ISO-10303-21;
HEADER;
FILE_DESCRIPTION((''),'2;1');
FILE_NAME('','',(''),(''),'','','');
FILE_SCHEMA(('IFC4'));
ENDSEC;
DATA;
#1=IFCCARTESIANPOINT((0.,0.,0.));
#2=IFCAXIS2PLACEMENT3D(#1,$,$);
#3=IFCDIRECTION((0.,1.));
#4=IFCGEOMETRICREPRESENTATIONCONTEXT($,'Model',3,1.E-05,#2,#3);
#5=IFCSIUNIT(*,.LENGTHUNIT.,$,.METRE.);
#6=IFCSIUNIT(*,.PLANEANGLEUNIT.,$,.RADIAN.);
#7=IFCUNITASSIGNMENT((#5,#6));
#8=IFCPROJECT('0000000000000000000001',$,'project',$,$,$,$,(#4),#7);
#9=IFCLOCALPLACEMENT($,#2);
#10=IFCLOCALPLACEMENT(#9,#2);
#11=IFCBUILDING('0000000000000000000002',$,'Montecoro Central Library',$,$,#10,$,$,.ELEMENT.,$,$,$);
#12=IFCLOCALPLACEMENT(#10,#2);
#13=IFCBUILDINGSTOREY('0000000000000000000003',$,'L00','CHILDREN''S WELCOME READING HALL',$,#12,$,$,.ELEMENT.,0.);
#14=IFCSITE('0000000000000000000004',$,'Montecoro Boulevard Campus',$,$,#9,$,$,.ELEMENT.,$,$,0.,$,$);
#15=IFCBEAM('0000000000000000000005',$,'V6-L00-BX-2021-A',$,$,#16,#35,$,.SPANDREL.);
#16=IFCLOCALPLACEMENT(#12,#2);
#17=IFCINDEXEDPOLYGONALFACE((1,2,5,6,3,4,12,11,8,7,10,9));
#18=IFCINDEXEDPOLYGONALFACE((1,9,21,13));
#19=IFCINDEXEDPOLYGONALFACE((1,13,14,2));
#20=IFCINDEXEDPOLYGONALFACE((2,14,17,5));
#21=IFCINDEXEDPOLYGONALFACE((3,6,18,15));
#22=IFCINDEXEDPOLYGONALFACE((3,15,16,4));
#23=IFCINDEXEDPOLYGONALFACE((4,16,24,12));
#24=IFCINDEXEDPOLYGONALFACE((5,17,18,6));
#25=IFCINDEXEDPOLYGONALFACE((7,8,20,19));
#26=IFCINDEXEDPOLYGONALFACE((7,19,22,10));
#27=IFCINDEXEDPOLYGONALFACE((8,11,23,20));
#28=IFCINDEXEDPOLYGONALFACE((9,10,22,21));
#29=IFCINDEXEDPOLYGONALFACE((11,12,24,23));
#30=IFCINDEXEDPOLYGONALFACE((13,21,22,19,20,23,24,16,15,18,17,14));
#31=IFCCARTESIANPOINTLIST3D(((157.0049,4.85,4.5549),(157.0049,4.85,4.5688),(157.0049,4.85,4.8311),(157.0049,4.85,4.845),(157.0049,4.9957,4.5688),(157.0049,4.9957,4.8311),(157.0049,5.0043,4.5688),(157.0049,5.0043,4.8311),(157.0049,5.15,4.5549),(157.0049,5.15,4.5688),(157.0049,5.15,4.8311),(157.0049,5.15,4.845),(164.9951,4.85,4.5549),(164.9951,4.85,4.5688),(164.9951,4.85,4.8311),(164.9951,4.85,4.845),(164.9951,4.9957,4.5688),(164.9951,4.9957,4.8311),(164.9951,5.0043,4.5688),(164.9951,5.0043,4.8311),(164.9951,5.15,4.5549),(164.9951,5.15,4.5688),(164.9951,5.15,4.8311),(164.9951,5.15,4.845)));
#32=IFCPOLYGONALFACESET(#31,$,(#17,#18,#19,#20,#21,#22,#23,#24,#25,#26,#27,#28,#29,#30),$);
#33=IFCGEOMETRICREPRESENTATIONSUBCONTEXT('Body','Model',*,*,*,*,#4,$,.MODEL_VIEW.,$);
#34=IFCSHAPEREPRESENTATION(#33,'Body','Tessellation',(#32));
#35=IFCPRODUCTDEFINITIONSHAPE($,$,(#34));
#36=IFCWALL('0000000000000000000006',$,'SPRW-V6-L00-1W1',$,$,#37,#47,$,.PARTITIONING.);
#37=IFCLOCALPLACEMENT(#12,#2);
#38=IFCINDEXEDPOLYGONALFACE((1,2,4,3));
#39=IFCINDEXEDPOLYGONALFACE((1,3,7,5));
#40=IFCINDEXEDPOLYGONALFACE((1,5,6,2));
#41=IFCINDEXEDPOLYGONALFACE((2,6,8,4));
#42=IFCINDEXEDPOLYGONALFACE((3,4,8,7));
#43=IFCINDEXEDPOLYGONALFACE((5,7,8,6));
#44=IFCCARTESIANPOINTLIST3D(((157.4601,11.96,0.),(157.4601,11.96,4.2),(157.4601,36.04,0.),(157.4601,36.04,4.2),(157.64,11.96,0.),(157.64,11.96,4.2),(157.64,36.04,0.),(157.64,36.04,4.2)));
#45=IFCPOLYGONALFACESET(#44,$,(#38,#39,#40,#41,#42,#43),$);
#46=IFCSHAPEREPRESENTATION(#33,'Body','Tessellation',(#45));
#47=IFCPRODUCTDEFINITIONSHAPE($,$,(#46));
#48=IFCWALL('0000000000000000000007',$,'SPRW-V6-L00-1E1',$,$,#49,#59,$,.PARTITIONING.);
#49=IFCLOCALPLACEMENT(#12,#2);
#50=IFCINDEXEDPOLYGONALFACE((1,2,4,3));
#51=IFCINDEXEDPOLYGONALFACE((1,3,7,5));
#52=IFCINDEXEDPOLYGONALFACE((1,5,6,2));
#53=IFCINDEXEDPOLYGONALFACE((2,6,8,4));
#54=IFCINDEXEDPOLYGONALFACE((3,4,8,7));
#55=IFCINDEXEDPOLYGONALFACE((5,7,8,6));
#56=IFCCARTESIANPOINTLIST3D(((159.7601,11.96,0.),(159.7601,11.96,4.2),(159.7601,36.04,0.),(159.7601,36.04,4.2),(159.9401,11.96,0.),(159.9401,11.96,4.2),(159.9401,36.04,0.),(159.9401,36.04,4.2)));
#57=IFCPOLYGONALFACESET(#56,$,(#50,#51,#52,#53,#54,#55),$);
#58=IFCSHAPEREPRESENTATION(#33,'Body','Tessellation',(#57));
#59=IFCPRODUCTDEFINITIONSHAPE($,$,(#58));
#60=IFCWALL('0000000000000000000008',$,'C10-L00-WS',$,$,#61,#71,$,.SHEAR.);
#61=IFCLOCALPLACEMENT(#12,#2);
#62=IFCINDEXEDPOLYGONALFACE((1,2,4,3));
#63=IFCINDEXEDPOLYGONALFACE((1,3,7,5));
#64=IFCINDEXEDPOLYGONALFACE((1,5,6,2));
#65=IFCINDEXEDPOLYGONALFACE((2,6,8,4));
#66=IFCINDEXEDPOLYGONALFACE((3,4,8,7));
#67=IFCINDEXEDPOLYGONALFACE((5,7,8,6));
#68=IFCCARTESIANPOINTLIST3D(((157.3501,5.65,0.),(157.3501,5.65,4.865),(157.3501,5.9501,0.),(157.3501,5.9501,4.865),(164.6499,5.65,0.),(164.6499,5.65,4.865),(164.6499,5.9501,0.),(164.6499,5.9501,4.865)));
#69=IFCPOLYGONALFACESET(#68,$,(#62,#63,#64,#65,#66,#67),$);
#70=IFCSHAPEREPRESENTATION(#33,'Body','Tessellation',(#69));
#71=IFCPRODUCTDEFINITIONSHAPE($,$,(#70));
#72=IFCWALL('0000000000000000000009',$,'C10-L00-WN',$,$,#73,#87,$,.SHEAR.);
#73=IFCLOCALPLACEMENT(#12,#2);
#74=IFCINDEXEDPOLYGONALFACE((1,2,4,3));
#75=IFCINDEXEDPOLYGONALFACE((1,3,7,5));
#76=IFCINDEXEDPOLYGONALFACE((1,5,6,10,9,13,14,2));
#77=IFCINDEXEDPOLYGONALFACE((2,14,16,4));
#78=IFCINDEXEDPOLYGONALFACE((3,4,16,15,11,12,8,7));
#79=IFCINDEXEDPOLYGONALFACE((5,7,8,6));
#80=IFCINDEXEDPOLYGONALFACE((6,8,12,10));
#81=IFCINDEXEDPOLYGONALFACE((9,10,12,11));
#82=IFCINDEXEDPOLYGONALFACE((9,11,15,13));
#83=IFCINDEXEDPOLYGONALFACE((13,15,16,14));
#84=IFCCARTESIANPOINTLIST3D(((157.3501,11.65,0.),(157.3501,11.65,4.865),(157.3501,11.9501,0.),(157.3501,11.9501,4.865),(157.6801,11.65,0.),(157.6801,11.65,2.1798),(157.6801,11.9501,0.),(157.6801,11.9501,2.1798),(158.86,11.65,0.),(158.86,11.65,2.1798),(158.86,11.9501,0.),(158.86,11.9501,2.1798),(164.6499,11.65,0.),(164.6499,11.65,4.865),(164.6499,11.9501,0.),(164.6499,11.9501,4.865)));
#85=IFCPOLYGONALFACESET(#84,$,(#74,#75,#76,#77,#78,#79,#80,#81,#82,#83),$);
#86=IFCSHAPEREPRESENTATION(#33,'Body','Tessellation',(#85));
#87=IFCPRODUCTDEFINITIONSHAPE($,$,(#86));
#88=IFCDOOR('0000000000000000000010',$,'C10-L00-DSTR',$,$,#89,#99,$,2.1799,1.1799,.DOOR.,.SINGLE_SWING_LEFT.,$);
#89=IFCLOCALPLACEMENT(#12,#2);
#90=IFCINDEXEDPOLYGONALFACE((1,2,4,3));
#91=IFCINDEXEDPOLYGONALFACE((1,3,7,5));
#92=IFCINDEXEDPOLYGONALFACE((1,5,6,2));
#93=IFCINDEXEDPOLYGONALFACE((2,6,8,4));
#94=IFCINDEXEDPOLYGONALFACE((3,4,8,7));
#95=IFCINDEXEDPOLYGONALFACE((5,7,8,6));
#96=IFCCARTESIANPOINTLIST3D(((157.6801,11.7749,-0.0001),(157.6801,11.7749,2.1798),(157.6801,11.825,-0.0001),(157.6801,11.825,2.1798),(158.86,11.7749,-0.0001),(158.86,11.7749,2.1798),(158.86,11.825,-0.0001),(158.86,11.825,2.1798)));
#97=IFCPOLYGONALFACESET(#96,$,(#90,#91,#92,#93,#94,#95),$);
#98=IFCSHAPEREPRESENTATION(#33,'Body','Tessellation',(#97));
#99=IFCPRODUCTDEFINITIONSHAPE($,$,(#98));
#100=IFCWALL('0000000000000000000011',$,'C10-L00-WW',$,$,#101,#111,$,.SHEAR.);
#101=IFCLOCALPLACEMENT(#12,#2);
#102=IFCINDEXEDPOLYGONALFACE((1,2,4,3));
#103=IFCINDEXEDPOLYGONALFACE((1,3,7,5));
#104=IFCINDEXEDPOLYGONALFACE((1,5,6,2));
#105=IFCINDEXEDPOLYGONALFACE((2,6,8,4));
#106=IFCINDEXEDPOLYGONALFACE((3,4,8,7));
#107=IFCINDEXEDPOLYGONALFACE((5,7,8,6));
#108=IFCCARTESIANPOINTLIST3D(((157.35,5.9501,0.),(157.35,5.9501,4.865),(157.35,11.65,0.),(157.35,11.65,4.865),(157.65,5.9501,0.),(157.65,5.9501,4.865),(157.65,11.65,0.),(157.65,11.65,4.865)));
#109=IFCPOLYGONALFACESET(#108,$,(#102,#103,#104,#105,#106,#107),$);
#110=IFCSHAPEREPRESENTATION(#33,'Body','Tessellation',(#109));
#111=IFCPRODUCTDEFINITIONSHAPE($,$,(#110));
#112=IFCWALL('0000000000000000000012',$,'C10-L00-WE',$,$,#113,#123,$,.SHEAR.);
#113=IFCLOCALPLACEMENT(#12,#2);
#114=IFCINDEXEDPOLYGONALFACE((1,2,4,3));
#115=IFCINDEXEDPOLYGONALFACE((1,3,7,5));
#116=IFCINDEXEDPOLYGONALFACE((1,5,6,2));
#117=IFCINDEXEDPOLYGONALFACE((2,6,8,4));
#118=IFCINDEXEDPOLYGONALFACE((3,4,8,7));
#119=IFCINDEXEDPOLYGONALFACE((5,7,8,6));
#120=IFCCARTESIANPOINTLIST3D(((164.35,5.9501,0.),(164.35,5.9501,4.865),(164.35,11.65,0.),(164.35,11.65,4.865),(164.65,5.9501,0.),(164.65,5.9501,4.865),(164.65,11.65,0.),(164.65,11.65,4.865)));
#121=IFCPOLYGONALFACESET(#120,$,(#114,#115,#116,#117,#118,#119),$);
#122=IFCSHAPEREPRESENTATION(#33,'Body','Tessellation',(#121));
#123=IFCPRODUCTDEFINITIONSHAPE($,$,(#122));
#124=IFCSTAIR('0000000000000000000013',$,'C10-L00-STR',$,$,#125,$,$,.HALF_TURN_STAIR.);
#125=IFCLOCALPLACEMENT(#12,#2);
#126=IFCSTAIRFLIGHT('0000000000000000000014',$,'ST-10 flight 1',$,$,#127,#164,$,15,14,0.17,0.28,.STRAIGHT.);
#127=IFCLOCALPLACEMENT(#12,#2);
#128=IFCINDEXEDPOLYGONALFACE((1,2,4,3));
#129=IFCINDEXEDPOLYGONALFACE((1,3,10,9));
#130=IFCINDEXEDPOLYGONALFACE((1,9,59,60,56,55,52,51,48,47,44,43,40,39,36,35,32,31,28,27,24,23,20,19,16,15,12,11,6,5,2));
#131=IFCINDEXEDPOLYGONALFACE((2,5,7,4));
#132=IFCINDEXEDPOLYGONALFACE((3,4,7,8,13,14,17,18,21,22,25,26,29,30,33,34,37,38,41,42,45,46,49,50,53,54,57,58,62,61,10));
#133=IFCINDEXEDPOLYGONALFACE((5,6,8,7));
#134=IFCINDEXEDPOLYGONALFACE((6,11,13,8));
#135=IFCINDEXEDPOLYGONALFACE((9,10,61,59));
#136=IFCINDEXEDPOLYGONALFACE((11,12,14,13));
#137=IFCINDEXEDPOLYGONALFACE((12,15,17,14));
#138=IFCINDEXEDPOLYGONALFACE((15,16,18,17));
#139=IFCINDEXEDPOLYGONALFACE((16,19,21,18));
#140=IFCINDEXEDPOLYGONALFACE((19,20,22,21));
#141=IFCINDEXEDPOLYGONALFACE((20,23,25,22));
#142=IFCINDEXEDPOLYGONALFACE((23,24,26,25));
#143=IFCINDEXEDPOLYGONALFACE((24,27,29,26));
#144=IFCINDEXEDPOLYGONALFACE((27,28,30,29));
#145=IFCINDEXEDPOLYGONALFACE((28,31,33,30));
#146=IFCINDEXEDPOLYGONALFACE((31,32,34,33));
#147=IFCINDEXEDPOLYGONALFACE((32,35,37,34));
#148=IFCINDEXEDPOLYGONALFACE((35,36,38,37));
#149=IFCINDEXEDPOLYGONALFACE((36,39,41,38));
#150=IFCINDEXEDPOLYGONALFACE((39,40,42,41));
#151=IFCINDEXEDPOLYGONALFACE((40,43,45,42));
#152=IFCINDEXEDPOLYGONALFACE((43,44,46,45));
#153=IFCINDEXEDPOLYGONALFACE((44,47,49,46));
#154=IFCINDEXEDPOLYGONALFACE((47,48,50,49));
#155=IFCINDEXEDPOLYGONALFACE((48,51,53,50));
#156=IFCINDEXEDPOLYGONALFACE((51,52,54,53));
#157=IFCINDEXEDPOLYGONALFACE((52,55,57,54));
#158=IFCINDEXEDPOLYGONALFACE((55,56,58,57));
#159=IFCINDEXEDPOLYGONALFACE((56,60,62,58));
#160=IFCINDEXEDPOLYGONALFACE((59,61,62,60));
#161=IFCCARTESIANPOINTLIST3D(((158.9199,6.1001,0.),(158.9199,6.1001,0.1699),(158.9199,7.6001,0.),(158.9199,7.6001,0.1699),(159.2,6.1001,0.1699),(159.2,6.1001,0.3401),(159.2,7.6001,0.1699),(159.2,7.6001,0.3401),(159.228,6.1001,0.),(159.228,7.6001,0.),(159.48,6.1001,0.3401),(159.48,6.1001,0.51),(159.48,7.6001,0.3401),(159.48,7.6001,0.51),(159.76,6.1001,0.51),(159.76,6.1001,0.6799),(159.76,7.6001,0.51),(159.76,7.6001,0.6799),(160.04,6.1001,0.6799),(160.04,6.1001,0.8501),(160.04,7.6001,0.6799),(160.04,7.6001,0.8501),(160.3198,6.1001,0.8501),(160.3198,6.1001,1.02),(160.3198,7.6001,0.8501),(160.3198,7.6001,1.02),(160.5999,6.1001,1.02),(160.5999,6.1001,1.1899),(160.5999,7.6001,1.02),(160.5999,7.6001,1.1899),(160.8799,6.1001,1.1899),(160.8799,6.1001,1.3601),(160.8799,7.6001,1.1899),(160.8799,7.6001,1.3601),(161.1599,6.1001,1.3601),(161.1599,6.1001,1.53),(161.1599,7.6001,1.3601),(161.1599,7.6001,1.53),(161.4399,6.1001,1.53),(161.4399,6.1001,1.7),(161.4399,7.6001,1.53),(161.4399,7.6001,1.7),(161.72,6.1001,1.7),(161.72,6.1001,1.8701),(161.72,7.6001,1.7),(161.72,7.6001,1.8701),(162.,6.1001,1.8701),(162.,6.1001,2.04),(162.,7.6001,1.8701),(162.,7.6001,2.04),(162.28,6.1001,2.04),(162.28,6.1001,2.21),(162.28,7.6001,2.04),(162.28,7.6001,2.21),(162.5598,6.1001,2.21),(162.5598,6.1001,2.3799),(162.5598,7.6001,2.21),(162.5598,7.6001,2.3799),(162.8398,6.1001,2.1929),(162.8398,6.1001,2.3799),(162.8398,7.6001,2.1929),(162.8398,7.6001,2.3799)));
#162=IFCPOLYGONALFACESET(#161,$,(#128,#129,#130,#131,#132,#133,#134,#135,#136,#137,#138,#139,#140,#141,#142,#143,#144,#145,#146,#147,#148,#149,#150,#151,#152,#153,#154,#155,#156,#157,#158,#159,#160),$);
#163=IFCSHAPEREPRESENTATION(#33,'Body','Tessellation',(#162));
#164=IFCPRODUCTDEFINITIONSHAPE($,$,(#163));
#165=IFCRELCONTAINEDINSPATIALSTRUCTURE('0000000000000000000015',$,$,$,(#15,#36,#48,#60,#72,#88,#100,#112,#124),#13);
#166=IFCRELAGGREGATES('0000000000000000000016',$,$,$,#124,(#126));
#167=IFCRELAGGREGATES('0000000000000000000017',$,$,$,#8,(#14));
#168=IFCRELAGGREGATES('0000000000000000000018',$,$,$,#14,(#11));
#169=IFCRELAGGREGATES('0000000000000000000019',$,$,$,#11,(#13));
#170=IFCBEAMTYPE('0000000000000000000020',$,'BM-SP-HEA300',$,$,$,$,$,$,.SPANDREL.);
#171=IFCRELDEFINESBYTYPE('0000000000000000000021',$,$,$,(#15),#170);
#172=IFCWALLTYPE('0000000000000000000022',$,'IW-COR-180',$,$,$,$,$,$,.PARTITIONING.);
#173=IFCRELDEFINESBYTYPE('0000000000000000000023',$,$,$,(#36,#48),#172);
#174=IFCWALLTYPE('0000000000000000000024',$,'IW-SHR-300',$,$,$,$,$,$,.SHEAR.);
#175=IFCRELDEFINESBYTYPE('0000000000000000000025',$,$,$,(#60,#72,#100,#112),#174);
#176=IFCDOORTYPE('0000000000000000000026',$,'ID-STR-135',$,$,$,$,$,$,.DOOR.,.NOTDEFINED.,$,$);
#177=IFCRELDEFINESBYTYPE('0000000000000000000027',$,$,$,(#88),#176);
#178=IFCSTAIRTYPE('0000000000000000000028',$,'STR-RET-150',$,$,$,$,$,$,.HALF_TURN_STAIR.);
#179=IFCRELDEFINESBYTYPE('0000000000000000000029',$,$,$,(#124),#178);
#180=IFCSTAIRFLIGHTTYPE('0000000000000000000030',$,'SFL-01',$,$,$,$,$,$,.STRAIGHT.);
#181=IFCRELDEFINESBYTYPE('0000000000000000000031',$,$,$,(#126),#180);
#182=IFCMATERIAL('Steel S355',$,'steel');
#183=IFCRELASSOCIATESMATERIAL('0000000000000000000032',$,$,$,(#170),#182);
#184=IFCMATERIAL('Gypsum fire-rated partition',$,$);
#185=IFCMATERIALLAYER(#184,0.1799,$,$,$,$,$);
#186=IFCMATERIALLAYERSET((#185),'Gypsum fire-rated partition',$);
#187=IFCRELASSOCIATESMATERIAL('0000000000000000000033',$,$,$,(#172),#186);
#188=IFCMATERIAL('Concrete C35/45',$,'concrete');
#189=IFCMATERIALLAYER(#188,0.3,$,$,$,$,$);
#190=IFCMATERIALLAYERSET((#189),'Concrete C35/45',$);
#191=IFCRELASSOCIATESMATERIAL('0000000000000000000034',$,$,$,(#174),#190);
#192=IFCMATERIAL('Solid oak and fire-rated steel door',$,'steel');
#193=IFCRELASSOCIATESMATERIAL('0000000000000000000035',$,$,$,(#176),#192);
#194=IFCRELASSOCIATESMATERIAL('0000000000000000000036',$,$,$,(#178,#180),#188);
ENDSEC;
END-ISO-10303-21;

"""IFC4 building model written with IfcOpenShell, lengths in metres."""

from ifc_helpers import new_model, si_unit, direction, frame, frame_2d, origin, origin_2d, place, context, subcontext, project, spatial, polyline, rectangle, i_section, outline, extrude, material, layer, layer_set, material_profile, profile_set, type_object, element, fill, aggregate, save


model = new_model("IFC4")

# Units and contexts
model_context = context("Model", 3, precision=1e-05, world=origin(), true_north=direction((0.0, 1.0)))
body_context = subcontext(model_context, "Body", "Model", "MODEL_VIEW")
ifc_project = project(units=[si_unit("LENGTHUNIT", "METRE"), si_unit("PLANEANGLEUNIT", "RADIAN")], contexts=[model_context])

# Site, building, storey
site_placement = place(None, origin())
site = spatial("IfcSite", under=ifc_project, at=site_placement, Name="Montecoro Boulevard Campus", CompositionType="ELEMENT", RefElevation=0.0)
building_placement = place(site_placement, origin())
building = spatial("IfcBuilding", under=site, at=building_placement, Name="Montecoro Central Library", CompositionType="ELEMENT")
storey_placement = place(building_placement, origin())
storey = spatial("IfcBuildingStorey", under=building, at=storey_placement, Name="L00", Description="CHILDREN'S WELCOME READING HALL", CompositionType="ELEMENT", Elevation=0.0)

# Shared definitions
ifc_material_1 = material(Name="Steel S355", Category="steel")

# Beam
ifc_material_2 = material(Name="Concrete C35/45", Category="concrete")
ifc_material_profile_1 = material_profile(ifc_material_1, i_section(OverallWidth=0.3, OverallDepth=0.29, WebThickness=0.0085, FlangeThickness=0.0139, at=origin_2d()), Name="HEA 300")
ifc_profile_set_1 = profile_set([ifc_material_profile_1], Name="Steel S355")
beam_type_1 = type_object("IfcBeamType", Name="BM-SP-HEA300", PredefinedType="SPANDREL", material=ifc_profile_set_1)
beam_1_placement = place(storey_placement, frame((157.0049, 5.0, 4.7), z_axis=(1.0, 0.0, 0.0), x_axis=(0.0, 1.0, 0.0)))
element("IfcBeam", 1, at=beam_1_placement, inside=storey, type_object=beam_type_1, Name="V6-L00-BX-2021-A", PredefinedType="SPANDREL", context=body_context, shape_type="SweptSolid", body=[
    extrude(i_section(OverallWidth=0.3, OverallDepth=0.29, WebThickness=0.0085, FlangeThickness=0.0139, at=origin_2d()), origin(), (0.0, 0.0, 1.0), 7.9902),
])

# Walls
ifc_material_3 = material(Name="Gypsum fire-rated partition")
ifc_layer_1 = layer(ifc_material_3, 0.1799)
ifc_layer_set_1 = layer_set([ifc_layer_1], Name="Gypsum fire-rated partition")
wall_type_1 = type_object("IfcWallType", Name="IW-COR-180", PredefinedType="PARTITIONING", material=ifc_layer_set_1)
for number, where, z_axis, x_axis, name in (
    (2, (157.55, 11.96, 0.0), (0.0, 0.0, 1.0), (0.0, 1.0, 0.0), "SPRW-V6-L00-1W1"),
    (3, (159.8501, 11.96, 0.0), (0.0, 0.0, 1.0), (0.0, 1.0, 0.0), "SPRW-V6-L00-1E1"),
):
    element("IfcWall", number, at=place(storey_placement, frame(where, z_axis=z_axis, x_axis=x_axis)), inside=storey, type_object=wall_type_1, Name=name, PredefinedType="PARTITIONING", context=body_context, shape_type="SweptSolid", body=[
        extrude(rectangle(XDim=24.0801, YDim=0.1799, at=frame_2d((12.04, 0.0))), origin(), (0.0, 0.0, 1.0), 4.2),
    ])
ifc_layer_2 = layer(ifc_material_2, 0.3)
ifc_layer_set_2 = layer_set([ifc_layer_2], Name="Concrete C35/45")
wall_type_2 = type_object("IfcWallType", Name="IW-SHR-300", PredefinedType="SHEAR", material=ifc_layer_set_2)
wall_1_placement = place(storey_placement, frame((157.3501, 5.8, 0.0), z_axis=(0.0, 0.0, 1.0), x_axis=(1.0, 0.0, 0.0)))
element("IfcWall", 4, at=wall_1_placement, inside=storey, type_object=wall_type_2, Name="C10-L00-WS", PredefinedType="SHEAR", context=body_context, shape_type="SweptSolid", body=[
    extrude(rectangle(XDim=7.2998, YDim=0.3, at=frame_2d((3.6499, 0.0))), origin(), (0.0, 0.0, 1.0), 4.865),
])

# Wall, opening, door
wall_2_placement = place(storey_placement, frame((157.3501, 11.8, 0.0), z_axis=(0.0, 0.0, 1.0), x_axis=(1.0, 0.0, 0.0)))
wall_2 = element("IfcWall", 5, at=wall_2_placement, inside=storey, type_object=wall_type_2, Name="C10-L00-WN", PredefinedType="SHEAR", context=body_context, shape_type="SweptSolid", body=[
    extrude(rectangle(XDim=7.2998, YDim=0.3, at=frame_2d((3.6499, 0.0))), origin(), (0.0, 0.0, 1.0), 4.865),
])
opening_1_placement = place(wall_2_placement, frame((0.3301, 0.0, 0.0)))
opening_1 = element("IfcOpeningElement", 6, at=opening_1_placement, cuts=wall_2, PredefinedType="OPENING", context=body_context, shape_type="SweptSolid", body=[
    extrude(rectangle(XDim=1.1799, YDim=2.1799, at=frame_2d((0.5898, 1.0898))), frame((0.0, 0.1599, 0.0), z_axis=(0.0, -1.0, 0.0), x_axis=(1.0, 0.0, 0.0)), (0.0, 0.0, 1.0), 0.3201),
])
ifc_material_4 = material(Name="Solid oak and fire-rated steel door", Category="steel")
door_type_1 = type_object("IfcDoorType", Name="ID-STR-135", OperationType="NOTDEFINED", PredefinedType="DOOR", material=ifc_material_4)
door_1_placement = place(opening_1_placement, origin())
door_1 = element("IfcDoor", 7, at=door_1_placement, inside=storey, type_object=door_type_1, Name="C10-L00-DSTR", OperationType="SINGLE_SWING_LEFT", OverallHeight=2.1799, OverallWidth=1.1799, PredefinedType="DOOR", context=body_context, shape_type="SweptSolid", body=[
    extrude(rectangle(XDim=1.1799, YDim=2.1799, at=frame_2d((0.5898, 1.0898))), frame((0.0, 0.0249, 0.0), z_axis=(0.0, -1.0, 0.0), x_axis=(1.0, 0.0, 0.0)), (0.0, 0.0, 1.0), 0.05),
])
fill(opening_1, door_1)

# Walls
for number, where, z_axis, x_axis, name in (
    (8, (157.5, 5.95, 0.0), (0.0, 0.0, 1.0), (0.0, 1.0, 0.0), "C10-L00-WW"),
    (9, (164.5, 5.95, 0.0), (0.0, 0.0, 1.0), (0.0, 1.0, 0.0), "C10-L00-WE"),
):
    element("IfcWall", number, at=place(storey_placement, frame(where, z_axis=z_axis, x_axis=x_axis)), inside=storey, type_object=wall_type_2, Name=name, PredefinedType="SHEAR", context=body_context, shape_type="SweptSolid", body=[
        extrude(rectangle(XDim=5.7, YDim=0.3, at=frame_2d((2.8501, 0.0))), origin(), (0.0, 0.0, 1.0), 4.865),
    ])

# Stair, stair flight
stair_type = type_object("IfcStairType", Name="STR-RET-150", PredefinedType="HALF_TURN_STAIR", material=ifc_material_2)
stair_placement = place(storey_placement, origin())
stair = element("IfcStair", 10, at=stair_placement, inside=storey, type_object=stair_type, Name="C10-L00-STR", PredefinedType="HALF_TURN_STAIR")
stair_flight_type = type_object("IfcStairFlightType", Name="SFL-01", PredefinedType="STRAIGHT", material=ifc_material_2)
stair_flight_1_placement = place(storey_placement, frame((158.9199, 6.8501, 0.0), z_axis=(0.0, 0.0, 1.0), x_axis=(1.0, 0.0, 0.0)))
stair_flight_1 = element("IfcStairFlight", 11, at=stair_flight_1_placement, type_object=stair_flight_type, Name="ST-10 flight 1", NumberOfRisers=15, NumberOfTreads=14, PredefinedType="STRAIGHT", RiserHeight=0.17, TreadLength=0.28, context=body_context, shape_type="SweptSolid", body=[
    extrude(outline(polyline([(0.0, 0.0), (0.0, 0.1699), (0.28, 0.1699), (0.28, 0.3401), (0.5601, 0.3401), (0.5601, 0.51), (0.8401, 0.51), (0.8401, 0.6799), (1.1201, 0.6799), (1.1201, 0.8501), (1.3999, 0.8501), (1.3999, 1.02), (1.6799, 1.02), (1.6799, 1.1899), (1.96, 1.1899), (1.96, 1.3601), (2.24, 1.3601), (2.24, 1.53), (2.52, 1.53), (2.52, 1.7), (2.8, 1.7), (2.8, 1.8701), (3.0801, 1.8701), (3.0801, 2.04), (3.3601, 2.04), (3.3601, 2.21), (3.6399, 2.21), (3.6399, 2.3799), (3.9199, 2.3799), (3.9199, 2.55), (3.9199, 2.1929), (0.3081, 0.0), (0.0, 0.0)])), frame((0.0, 0.75, 0.0), z_axis=(0.0, -1.0, 0.0), x_axis=(1.0, 0.0, 0.0)), (0.0, 0.0, 1.0), 1.5),
])
aggregate(stair, [stair_flight_1])

save(model, "model.ifc")
